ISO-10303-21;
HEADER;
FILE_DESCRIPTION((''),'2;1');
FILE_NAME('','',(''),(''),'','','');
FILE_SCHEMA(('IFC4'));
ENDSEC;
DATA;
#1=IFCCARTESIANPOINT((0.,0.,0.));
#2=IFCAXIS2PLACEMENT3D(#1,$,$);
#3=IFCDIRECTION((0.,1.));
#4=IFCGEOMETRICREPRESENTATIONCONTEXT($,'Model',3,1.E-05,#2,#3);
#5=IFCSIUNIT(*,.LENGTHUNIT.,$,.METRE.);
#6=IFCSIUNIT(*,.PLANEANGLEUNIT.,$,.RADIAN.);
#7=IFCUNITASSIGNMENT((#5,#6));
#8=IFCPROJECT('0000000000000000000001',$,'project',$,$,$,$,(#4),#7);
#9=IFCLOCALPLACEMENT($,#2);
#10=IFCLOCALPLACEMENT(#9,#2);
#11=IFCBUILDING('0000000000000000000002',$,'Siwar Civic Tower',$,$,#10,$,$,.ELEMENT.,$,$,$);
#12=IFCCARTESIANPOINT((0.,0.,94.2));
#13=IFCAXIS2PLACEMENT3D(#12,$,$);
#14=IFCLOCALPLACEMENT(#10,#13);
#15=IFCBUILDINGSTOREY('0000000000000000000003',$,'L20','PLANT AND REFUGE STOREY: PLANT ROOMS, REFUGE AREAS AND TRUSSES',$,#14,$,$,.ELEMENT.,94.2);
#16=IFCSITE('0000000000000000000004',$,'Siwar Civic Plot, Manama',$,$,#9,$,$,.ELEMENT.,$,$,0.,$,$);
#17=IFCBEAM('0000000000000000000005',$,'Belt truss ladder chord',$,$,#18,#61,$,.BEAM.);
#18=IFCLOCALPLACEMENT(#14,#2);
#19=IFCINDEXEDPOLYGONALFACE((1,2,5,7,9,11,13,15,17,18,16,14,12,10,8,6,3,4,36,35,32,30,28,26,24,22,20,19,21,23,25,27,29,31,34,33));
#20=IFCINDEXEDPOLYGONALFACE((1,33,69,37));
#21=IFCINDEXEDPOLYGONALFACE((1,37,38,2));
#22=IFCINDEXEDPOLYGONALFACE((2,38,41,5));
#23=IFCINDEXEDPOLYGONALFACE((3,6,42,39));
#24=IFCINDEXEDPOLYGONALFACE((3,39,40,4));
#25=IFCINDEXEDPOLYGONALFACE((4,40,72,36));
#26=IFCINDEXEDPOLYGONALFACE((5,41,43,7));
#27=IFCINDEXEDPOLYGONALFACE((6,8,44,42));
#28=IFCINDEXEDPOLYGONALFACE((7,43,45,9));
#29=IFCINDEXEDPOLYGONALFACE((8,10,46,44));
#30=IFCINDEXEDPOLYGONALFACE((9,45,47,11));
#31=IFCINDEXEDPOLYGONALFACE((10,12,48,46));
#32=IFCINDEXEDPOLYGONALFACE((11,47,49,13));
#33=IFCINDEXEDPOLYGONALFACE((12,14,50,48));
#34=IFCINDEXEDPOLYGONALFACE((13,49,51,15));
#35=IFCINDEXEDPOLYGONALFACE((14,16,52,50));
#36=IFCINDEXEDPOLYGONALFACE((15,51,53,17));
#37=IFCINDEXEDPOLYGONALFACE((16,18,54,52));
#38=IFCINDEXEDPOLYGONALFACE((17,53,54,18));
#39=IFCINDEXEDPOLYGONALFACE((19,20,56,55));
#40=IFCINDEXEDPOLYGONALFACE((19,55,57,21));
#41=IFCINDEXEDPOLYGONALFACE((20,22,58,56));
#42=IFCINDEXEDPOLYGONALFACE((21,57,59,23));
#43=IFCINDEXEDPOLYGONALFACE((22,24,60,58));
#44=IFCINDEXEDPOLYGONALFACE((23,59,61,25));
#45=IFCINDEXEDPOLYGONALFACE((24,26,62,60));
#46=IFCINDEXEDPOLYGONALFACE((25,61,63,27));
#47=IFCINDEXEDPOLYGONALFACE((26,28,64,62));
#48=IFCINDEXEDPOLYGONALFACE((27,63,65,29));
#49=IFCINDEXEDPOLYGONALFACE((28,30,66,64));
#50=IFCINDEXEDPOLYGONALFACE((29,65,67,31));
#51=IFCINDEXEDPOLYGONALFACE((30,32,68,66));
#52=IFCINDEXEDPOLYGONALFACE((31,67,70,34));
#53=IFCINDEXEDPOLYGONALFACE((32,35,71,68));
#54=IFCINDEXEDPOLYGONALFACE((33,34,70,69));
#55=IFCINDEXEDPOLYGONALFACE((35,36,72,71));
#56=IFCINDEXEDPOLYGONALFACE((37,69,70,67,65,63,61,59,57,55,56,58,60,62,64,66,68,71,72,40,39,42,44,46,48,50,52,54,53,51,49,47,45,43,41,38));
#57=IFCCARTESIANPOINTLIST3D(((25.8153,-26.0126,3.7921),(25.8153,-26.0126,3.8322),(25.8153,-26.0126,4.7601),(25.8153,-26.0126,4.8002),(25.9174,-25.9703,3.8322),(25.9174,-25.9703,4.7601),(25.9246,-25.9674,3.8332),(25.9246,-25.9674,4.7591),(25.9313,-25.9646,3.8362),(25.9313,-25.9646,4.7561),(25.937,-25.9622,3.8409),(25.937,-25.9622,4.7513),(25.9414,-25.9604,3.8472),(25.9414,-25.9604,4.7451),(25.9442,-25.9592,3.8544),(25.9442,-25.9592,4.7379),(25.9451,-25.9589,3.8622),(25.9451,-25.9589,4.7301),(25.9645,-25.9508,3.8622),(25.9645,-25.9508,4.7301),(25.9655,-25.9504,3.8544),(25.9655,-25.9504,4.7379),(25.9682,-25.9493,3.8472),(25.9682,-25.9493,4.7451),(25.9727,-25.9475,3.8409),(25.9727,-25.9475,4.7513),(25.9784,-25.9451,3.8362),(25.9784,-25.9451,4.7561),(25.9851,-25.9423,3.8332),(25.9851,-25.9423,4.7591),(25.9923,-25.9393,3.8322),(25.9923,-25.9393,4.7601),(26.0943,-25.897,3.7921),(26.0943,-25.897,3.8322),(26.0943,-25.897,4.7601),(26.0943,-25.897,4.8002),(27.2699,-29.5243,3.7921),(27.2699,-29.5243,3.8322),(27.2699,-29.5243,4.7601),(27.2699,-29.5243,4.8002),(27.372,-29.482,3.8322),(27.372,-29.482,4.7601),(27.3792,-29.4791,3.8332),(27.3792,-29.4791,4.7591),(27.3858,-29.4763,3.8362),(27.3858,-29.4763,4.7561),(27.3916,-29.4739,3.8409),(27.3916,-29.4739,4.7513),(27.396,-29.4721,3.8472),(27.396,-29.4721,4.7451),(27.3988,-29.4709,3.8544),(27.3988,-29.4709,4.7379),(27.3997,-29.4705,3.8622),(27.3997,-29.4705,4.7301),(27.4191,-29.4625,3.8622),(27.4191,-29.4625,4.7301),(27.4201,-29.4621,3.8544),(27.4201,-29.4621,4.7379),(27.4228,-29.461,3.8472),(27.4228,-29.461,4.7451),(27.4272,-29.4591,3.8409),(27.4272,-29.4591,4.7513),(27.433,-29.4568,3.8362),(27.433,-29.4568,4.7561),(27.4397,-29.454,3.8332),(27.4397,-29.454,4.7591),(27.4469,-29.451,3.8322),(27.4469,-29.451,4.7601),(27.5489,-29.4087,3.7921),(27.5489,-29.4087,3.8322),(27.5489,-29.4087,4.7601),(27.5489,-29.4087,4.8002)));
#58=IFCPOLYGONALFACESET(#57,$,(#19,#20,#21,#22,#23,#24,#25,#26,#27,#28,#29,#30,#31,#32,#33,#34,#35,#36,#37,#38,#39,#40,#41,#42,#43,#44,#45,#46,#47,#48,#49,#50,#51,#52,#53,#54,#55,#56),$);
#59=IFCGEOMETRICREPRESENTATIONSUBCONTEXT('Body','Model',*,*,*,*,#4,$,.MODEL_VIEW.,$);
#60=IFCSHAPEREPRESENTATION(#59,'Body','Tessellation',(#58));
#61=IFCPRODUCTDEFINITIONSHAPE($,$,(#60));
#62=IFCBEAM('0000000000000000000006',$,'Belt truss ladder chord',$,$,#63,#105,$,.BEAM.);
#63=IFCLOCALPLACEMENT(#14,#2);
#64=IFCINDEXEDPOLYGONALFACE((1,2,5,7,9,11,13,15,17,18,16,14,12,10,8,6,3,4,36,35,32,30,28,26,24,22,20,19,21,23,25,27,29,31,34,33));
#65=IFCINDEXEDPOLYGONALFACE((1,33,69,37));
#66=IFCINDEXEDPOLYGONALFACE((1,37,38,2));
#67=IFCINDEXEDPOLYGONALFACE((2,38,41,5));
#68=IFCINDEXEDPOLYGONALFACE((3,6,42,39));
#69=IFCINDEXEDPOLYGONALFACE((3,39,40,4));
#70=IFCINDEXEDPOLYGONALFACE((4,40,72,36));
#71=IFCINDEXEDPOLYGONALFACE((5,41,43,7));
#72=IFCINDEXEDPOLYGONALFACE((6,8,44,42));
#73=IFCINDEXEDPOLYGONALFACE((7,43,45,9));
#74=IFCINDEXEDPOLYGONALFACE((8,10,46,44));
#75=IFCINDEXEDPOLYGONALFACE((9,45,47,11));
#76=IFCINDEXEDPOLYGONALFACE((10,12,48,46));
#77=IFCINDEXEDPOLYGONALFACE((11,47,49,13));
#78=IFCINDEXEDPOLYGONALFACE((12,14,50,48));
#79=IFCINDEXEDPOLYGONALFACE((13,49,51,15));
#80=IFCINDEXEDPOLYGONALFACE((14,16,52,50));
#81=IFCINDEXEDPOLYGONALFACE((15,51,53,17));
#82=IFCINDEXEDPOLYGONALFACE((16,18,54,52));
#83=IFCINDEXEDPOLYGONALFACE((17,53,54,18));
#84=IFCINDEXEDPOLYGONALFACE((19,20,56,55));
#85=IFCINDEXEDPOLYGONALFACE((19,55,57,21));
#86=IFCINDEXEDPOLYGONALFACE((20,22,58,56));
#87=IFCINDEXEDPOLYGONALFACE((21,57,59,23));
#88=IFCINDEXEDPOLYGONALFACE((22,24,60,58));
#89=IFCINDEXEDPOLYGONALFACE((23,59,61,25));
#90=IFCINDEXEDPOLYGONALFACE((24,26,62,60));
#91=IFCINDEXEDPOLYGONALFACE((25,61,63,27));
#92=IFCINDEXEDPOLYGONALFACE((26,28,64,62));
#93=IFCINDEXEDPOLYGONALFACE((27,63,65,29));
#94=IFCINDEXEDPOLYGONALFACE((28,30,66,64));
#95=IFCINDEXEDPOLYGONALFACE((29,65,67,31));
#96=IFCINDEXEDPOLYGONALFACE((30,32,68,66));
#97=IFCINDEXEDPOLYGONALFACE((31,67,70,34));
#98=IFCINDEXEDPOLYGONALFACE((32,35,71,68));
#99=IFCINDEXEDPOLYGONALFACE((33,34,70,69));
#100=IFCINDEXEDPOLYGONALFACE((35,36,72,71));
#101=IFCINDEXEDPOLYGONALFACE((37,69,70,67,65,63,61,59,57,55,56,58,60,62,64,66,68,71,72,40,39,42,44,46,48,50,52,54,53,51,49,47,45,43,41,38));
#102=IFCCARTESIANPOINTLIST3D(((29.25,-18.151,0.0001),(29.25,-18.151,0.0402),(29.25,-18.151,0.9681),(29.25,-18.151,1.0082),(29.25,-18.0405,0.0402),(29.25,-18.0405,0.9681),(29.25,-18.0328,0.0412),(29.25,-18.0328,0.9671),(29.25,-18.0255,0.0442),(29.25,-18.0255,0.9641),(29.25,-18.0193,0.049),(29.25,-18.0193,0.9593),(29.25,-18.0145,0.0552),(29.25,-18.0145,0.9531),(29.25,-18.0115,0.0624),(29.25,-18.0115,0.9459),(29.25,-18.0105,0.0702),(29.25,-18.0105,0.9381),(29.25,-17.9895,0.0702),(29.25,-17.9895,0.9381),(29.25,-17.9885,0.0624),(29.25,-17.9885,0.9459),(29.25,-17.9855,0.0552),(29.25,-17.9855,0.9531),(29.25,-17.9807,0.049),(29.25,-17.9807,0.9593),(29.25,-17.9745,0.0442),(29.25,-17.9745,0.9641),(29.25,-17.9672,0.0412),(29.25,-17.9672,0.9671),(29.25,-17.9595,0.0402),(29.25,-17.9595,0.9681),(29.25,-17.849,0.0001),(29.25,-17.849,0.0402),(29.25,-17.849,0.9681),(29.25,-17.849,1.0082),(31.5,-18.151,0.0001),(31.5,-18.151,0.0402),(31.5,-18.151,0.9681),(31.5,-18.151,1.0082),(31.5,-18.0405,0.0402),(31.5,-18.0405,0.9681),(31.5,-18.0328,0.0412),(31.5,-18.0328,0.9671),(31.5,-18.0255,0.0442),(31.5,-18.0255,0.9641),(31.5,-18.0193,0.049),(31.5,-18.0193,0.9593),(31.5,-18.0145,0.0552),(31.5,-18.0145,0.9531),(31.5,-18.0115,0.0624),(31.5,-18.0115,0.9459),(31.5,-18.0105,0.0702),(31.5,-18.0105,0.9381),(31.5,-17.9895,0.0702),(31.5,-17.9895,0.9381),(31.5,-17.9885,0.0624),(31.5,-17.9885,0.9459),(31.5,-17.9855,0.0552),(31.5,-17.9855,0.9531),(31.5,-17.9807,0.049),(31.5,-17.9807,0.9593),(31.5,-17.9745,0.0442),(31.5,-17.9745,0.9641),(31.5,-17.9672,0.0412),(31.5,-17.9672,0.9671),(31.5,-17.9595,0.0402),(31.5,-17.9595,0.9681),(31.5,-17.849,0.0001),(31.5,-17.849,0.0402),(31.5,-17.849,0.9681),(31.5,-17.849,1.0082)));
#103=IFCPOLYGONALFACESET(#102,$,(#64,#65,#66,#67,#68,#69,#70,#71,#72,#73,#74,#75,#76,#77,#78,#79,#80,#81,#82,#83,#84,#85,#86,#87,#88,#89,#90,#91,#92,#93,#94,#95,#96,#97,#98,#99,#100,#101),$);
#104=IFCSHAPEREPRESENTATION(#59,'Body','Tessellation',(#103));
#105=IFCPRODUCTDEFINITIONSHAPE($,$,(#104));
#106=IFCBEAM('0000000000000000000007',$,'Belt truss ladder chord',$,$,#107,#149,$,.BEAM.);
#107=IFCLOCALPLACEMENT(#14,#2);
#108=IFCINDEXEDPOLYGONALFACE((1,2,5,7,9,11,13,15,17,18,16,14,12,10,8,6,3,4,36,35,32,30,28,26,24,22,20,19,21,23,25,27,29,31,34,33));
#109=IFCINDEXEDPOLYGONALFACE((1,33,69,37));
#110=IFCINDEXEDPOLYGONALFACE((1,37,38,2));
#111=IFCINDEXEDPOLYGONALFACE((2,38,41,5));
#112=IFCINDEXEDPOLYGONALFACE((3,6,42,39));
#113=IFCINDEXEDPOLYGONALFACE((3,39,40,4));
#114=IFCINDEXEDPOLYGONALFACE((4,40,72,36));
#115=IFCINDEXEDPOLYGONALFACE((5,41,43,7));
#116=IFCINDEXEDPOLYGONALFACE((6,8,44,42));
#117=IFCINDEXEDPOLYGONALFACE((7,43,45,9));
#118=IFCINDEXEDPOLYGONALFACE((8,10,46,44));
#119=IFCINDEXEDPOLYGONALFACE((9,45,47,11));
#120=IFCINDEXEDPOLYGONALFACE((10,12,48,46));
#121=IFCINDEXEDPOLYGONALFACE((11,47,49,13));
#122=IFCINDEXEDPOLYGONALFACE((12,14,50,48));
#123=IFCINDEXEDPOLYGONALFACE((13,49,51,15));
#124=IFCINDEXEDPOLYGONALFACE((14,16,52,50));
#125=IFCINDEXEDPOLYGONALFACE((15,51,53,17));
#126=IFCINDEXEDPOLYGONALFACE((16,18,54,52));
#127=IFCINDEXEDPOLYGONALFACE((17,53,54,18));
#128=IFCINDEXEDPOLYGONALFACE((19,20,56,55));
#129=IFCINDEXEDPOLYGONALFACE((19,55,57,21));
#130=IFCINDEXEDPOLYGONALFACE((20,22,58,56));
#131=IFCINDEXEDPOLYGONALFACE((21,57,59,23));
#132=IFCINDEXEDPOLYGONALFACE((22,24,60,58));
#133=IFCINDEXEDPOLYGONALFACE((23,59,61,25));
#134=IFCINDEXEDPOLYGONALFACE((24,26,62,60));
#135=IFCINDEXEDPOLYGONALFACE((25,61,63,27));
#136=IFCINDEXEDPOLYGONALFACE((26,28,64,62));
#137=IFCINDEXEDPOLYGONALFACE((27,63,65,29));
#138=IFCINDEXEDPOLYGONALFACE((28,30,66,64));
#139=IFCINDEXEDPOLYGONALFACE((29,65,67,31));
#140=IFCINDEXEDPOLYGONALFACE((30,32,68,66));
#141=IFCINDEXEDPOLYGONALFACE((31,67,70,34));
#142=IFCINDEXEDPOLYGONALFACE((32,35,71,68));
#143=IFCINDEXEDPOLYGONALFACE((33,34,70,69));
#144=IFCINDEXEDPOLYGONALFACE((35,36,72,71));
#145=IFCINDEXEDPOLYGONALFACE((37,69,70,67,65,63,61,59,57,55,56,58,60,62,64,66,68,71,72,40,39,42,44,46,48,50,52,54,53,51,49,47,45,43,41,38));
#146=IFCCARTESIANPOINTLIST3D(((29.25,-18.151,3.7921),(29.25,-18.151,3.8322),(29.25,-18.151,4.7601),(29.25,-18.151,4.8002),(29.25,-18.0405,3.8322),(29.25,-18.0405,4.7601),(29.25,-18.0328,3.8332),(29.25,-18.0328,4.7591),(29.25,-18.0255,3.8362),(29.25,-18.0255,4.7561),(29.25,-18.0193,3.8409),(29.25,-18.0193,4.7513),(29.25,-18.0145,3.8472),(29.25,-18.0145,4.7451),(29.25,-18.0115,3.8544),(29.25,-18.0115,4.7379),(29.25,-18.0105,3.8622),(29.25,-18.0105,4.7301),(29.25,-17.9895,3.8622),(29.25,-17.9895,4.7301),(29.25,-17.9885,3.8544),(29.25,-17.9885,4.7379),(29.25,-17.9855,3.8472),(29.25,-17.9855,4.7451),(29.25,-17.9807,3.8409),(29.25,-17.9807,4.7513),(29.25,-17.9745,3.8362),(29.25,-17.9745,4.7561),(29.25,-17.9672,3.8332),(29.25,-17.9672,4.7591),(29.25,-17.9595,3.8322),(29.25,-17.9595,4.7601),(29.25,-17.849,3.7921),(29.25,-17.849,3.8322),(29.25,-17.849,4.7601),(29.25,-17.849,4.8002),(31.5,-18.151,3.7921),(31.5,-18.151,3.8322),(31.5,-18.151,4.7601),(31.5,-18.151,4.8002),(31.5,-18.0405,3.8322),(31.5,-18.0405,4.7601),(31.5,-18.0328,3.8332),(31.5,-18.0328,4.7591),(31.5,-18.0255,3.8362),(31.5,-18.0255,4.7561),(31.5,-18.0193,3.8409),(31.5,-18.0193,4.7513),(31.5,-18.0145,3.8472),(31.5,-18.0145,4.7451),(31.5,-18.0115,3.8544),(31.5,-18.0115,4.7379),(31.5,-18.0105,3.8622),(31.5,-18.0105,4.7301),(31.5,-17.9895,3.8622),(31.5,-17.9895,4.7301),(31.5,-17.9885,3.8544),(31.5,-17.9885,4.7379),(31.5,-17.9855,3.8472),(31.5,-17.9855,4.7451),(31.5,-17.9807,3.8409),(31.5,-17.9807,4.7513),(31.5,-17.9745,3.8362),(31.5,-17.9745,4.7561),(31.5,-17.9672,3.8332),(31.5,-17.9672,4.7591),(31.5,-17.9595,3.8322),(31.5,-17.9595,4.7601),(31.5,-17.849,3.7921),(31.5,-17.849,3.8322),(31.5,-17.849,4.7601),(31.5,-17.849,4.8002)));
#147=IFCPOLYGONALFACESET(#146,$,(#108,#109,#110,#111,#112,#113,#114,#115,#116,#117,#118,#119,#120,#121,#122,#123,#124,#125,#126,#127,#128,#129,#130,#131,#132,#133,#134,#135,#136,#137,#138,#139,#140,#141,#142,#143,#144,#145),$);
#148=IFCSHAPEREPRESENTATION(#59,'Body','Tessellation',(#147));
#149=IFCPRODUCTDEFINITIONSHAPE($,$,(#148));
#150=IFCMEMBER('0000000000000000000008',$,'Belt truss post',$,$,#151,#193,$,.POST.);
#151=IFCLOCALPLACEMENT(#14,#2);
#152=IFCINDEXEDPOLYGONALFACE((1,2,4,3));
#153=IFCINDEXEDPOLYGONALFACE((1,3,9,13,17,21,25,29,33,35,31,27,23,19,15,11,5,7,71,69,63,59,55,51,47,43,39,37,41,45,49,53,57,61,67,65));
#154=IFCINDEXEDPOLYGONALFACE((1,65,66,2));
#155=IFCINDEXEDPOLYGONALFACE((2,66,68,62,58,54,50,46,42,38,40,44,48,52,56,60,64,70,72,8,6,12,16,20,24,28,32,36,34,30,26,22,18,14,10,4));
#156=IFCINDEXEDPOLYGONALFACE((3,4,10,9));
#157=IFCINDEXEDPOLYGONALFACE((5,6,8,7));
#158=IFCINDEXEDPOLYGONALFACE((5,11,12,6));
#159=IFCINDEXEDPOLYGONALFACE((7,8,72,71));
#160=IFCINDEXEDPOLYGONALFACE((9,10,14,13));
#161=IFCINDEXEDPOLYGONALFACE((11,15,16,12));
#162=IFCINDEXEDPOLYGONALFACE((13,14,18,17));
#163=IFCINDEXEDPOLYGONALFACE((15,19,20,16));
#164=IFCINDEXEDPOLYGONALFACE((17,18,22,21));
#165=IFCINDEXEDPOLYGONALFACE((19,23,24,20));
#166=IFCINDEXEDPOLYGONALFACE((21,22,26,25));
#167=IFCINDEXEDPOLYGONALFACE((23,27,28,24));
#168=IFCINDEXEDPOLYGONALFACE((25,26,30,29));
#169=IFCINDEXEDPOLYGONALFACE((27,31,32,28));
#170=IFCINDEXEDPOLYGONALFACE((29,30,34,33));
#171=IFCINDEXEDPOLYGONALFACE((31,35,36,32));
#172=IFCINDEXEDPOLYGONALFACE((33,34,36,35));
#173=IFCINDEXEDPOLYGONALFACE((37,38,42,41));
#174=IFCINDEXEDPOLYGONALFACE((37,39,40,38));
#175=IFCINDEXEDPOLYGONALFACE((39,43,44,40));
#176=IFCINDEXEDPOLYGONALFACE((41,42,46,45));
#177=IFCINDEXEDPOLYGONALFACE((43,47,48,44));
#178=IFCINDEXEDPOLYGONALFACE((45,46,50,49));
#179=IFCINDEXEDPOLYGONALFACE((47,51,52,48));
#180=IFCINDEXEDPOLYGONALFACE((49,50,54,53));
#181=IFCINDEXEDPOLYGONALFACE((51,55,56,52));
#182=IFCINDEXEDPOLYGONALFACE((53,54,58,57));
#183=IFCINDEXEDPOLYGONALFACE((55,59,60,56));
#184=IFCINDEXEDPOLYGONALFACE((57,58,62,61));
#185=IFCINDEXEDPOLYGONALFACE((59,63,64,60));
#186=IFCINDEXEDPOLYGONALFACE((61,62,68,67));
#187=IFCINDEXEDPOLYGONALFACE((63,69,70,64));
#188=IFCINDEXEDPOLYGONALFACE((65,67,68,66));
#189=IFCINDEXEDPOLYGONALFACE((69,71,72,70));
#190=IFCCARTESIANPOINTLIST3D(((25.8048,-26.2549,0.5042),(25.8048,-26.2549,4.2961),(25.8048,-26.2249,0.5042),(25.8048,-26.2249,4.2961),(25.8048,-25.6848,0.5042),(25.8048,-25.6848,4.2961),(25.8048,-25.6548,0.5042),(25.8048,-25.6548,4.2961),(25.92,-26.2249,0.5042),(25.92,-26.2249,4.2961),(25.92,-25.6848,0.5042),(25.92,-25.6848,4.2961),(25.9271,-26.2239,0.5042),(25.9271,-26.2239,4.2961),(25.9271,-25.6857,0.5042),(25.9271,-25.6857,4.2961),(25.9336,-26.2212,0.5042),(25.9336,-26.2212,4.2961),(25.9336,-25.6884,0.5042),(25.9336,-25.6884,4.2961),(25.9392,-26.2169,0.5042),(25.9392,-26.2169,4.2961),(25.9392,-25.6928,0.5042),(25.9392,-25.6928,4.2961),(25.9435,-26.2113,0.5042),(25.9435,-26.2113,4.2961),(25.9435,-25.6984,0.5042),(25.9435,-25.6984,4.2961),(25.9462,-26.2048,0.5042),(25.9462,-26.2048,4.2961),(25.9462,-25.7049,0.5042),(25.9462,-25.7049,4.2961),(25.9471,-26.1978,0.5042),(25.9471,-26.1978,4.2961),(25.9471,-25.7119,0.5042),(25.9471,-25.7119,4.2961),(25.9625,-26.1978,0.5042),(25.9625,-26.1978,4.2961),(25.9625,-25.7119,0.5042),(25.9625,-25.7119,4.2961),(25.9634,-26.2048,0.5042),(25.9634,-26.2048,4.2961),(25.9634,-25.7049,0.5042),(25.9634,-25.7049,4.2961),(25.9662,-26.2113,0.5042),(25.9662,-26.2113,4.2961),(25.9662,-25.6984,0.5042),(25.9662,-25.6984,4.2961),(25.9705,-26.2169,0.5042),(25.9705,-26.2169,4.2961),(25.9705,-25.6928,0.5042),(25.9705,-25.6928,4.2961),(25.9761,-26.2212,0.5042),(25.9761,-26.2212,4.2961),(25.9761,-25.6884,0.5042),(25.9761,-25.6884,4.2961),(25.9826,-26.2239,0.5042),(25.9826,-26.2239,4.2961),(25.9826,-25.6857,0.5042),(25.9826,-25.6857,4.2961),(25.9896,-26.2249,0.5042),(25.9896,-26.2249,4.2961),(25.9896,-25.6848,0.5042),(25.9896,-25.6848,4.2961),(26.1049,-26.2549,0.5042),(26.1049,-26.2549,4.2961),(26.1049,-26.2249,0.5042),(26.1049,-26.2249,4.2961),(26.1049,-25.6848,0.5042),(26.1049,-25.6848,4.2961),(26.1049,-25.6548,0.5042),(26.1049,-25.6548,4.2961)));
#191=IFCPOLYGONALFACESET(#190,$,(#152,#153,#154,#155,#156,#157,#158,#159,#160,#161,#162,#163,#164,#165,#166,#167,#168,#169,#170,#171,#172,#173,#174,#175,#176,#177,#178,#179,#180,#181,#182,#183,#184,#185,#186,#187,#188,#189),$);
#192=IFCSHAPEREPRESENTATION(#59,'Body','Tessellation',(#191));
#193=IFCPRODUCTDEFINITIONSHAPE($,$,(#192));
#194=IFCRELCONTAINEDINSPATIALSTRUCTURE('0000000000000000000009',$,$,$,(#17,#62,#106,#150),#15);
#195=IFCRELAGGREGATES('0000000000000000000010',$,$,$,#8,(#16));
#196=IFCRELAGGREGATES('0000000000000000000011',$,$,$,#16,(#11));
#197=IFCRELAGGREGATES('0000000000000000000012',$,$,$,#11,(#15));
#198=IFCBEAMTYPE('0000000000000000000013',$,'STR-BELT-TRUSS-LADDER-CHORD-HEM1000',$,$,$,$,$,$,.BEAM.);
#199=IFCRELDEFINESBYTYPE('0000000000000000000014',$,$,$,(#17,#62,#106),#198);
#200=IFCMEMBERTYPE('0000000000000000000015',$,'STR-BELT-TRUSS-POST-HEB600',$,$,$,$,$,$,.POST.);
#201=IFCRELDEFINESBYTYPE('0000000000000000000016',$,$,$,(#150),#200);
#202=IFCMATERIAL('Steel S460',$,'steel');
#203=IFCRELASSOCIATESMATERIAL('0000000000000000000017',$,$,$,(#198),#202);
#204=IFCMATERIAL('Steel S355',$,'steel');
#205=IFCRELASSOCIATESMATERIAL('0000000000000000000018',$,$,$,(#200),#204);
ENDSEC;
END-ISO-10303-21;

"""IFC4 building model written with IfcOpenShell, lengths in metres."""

from ifc_helpers import new_model, si_unit, direction, frame, origin, origin_2d, place, context, subcontext, project, spatial, i_section, extrude, material, material_profile, profile_set, type_object, element, save


model = new_model("IFC4")

# Units and contexts
model_context = context("Model", 3, precision=1e-05, world=origin(), true_north=direction((0.0, 1.0)))
body_context = subcontext(model_context, "Body", "Model", "MODEL_VIEW")
ifc_project = project(units=[si_unit("LENGTHUNIT", "METRE"), si_unit("PLANEANGLEUNIT", "RADIAN")], contexts=[model_context])

# Site, building, storey
site_placement = place(None, origin())
site = spatial("IfcSite", under=ifc_project, at=site_placement, Name="Siwar Civic Plot, Manama", CompositionType="ELEMENT", RefElevation=0.0)
building_placement = place(site_placement, origin())
building = spatial("IfcBuilding", under=site, at=building_placement, Name="Siwar Civic Tower", CompositionType="ELEMENT")
storey_placement = place(building_placement, frame((0.0, 0.0, 94.2)))
storey = spatial("IfcBuildingStorey", under=building, at=storey_placement, Name="L20", Description="PLANT AND REFUGE STOREY: PLANT ROOMS, REFUGE AREAS AND TRUSSES", CompositionType="ELEMENT", Elevation=94.2)

# Beams
ifc_material_1 = material(Name="Steel S460", Category="steel")
ifc_material_profile_1 = material_profile(ifc_material_1, i_section(OverallWidth=0.302, OverallDepth=1.0081, WebThickness=0.021, FlangeThickness=0.04, FilletRadius=0.03, at=origin_2d()), Name="HEM1000")
ifc_profile_set_1 = profile_set([ifc_material_profile_1], Name="Steel S460")
beam_type_1 = type_object("IfcBeamType", Name="STR-BELT-TRUSS-LADDER-CHORD-HEM1000", PredefinedType="BEAM", material=ifc_profile_set_1)
for number, where, z_axis, x_axis, name in (
    (1, (25.9548, -25.9548, 4.2961), (0.382681, -0.923881, 0.0), (0.923881, 0.382681, 0.0), "Belt truss ladder chord"),
):
    element("IfcBeam", number, at=place(storey_placement, frame(where, z_axis=z_axis, x_axis=x_axis)), inside=storey, type_object=beam_type_1, Name=name, PredefinedType="BEAM", context=body_context, shape_type="SweptSolid", body=[
        extrude(i_section(OverallWidth=0.302, OverallDepth=1.0081, WebThickness=0.021, FlangeThickness=0.04, FilletRadius=0.03, at=origin_2d()), origin(), (0.0, 0.0, 1.0), 3.801),
    ])
for number, where, z_axis, x_axis, name in (
    (2, (29.25, -18.0, 0.5042), (1.0, 0.0, 0.0), (0.0, 1.0, 0.0), "Belt truss ladder chord"),
    (3, (29.25, -18.0, 4.2961), (1.0, 0.0, 0.0), (0.0, 1.0, 0.0), "Belt truss ladder chord"),
):
    element("IfcBeam", number, at=place(storey_placement, frame(where, z_axis=z_axis, x_axis=x_axis)), inside=storey, type_object=beam_type_1, Name=name, PredefinedType="BEAM", context=body_context, shape_type="SweptSolid", body=[
        extrude(i_section(OverallWidth=0.302, OverallDepth=1.0081, WebThickness=0.021, FlangeThickness=0.04, FilletRadius=0.03, at=origin_2d()), origin(), (0.0, 0.0, 1.0), 2.25),
    ])

# Member
ifc_material_2 = material(Name="Steel S355", Category="steel")
ifc_material_profile_2 = material_profile(ifc_material_2, i_section(OverallWidth=0.3, OverallDepth=0.6001, WebThickness=0.0154, FlangeThickness=0.03, FilletRadius=0.0271, at=origin_2d()), Name="HEB600")
ifc_profile_set_2 = profile_set([ifc_material_profile_2], Name="Steel S355")
member_type_1 = type_object("IfcMemberType", Name="STR-BELT-TRUSS-POST-HEB600", PredefinedType="POST", material=ifc_profile_set_2)
for number, where, z_axis, x_axis, name in (
    (4, (25.9548, -25.9548, 0.5042), (0.0, 0.0, 1.0), (1.0, 0.0, 0.0), "Belt truss post"),
):
    element("IfcMember", number, at=place(storey_placement, frame(where, z_axis=z_axis, x_axis=x_axis)), inside=storey, type_object=member_type_1, Name=name, PredefinedType="POST", context=body_context, shape_type="SweptSolid", body=[
        extrude(i_section(OverallWidth=0.3, OverallDepth=0.6001, WebThickness=0.0154, FlangeThickness=0.03, FilletRadius=0.0271, at=origin_2d()), origin(), (0.0, 0.0, 1.0), 3.792),
    ])

save(model, "model.ifc")
